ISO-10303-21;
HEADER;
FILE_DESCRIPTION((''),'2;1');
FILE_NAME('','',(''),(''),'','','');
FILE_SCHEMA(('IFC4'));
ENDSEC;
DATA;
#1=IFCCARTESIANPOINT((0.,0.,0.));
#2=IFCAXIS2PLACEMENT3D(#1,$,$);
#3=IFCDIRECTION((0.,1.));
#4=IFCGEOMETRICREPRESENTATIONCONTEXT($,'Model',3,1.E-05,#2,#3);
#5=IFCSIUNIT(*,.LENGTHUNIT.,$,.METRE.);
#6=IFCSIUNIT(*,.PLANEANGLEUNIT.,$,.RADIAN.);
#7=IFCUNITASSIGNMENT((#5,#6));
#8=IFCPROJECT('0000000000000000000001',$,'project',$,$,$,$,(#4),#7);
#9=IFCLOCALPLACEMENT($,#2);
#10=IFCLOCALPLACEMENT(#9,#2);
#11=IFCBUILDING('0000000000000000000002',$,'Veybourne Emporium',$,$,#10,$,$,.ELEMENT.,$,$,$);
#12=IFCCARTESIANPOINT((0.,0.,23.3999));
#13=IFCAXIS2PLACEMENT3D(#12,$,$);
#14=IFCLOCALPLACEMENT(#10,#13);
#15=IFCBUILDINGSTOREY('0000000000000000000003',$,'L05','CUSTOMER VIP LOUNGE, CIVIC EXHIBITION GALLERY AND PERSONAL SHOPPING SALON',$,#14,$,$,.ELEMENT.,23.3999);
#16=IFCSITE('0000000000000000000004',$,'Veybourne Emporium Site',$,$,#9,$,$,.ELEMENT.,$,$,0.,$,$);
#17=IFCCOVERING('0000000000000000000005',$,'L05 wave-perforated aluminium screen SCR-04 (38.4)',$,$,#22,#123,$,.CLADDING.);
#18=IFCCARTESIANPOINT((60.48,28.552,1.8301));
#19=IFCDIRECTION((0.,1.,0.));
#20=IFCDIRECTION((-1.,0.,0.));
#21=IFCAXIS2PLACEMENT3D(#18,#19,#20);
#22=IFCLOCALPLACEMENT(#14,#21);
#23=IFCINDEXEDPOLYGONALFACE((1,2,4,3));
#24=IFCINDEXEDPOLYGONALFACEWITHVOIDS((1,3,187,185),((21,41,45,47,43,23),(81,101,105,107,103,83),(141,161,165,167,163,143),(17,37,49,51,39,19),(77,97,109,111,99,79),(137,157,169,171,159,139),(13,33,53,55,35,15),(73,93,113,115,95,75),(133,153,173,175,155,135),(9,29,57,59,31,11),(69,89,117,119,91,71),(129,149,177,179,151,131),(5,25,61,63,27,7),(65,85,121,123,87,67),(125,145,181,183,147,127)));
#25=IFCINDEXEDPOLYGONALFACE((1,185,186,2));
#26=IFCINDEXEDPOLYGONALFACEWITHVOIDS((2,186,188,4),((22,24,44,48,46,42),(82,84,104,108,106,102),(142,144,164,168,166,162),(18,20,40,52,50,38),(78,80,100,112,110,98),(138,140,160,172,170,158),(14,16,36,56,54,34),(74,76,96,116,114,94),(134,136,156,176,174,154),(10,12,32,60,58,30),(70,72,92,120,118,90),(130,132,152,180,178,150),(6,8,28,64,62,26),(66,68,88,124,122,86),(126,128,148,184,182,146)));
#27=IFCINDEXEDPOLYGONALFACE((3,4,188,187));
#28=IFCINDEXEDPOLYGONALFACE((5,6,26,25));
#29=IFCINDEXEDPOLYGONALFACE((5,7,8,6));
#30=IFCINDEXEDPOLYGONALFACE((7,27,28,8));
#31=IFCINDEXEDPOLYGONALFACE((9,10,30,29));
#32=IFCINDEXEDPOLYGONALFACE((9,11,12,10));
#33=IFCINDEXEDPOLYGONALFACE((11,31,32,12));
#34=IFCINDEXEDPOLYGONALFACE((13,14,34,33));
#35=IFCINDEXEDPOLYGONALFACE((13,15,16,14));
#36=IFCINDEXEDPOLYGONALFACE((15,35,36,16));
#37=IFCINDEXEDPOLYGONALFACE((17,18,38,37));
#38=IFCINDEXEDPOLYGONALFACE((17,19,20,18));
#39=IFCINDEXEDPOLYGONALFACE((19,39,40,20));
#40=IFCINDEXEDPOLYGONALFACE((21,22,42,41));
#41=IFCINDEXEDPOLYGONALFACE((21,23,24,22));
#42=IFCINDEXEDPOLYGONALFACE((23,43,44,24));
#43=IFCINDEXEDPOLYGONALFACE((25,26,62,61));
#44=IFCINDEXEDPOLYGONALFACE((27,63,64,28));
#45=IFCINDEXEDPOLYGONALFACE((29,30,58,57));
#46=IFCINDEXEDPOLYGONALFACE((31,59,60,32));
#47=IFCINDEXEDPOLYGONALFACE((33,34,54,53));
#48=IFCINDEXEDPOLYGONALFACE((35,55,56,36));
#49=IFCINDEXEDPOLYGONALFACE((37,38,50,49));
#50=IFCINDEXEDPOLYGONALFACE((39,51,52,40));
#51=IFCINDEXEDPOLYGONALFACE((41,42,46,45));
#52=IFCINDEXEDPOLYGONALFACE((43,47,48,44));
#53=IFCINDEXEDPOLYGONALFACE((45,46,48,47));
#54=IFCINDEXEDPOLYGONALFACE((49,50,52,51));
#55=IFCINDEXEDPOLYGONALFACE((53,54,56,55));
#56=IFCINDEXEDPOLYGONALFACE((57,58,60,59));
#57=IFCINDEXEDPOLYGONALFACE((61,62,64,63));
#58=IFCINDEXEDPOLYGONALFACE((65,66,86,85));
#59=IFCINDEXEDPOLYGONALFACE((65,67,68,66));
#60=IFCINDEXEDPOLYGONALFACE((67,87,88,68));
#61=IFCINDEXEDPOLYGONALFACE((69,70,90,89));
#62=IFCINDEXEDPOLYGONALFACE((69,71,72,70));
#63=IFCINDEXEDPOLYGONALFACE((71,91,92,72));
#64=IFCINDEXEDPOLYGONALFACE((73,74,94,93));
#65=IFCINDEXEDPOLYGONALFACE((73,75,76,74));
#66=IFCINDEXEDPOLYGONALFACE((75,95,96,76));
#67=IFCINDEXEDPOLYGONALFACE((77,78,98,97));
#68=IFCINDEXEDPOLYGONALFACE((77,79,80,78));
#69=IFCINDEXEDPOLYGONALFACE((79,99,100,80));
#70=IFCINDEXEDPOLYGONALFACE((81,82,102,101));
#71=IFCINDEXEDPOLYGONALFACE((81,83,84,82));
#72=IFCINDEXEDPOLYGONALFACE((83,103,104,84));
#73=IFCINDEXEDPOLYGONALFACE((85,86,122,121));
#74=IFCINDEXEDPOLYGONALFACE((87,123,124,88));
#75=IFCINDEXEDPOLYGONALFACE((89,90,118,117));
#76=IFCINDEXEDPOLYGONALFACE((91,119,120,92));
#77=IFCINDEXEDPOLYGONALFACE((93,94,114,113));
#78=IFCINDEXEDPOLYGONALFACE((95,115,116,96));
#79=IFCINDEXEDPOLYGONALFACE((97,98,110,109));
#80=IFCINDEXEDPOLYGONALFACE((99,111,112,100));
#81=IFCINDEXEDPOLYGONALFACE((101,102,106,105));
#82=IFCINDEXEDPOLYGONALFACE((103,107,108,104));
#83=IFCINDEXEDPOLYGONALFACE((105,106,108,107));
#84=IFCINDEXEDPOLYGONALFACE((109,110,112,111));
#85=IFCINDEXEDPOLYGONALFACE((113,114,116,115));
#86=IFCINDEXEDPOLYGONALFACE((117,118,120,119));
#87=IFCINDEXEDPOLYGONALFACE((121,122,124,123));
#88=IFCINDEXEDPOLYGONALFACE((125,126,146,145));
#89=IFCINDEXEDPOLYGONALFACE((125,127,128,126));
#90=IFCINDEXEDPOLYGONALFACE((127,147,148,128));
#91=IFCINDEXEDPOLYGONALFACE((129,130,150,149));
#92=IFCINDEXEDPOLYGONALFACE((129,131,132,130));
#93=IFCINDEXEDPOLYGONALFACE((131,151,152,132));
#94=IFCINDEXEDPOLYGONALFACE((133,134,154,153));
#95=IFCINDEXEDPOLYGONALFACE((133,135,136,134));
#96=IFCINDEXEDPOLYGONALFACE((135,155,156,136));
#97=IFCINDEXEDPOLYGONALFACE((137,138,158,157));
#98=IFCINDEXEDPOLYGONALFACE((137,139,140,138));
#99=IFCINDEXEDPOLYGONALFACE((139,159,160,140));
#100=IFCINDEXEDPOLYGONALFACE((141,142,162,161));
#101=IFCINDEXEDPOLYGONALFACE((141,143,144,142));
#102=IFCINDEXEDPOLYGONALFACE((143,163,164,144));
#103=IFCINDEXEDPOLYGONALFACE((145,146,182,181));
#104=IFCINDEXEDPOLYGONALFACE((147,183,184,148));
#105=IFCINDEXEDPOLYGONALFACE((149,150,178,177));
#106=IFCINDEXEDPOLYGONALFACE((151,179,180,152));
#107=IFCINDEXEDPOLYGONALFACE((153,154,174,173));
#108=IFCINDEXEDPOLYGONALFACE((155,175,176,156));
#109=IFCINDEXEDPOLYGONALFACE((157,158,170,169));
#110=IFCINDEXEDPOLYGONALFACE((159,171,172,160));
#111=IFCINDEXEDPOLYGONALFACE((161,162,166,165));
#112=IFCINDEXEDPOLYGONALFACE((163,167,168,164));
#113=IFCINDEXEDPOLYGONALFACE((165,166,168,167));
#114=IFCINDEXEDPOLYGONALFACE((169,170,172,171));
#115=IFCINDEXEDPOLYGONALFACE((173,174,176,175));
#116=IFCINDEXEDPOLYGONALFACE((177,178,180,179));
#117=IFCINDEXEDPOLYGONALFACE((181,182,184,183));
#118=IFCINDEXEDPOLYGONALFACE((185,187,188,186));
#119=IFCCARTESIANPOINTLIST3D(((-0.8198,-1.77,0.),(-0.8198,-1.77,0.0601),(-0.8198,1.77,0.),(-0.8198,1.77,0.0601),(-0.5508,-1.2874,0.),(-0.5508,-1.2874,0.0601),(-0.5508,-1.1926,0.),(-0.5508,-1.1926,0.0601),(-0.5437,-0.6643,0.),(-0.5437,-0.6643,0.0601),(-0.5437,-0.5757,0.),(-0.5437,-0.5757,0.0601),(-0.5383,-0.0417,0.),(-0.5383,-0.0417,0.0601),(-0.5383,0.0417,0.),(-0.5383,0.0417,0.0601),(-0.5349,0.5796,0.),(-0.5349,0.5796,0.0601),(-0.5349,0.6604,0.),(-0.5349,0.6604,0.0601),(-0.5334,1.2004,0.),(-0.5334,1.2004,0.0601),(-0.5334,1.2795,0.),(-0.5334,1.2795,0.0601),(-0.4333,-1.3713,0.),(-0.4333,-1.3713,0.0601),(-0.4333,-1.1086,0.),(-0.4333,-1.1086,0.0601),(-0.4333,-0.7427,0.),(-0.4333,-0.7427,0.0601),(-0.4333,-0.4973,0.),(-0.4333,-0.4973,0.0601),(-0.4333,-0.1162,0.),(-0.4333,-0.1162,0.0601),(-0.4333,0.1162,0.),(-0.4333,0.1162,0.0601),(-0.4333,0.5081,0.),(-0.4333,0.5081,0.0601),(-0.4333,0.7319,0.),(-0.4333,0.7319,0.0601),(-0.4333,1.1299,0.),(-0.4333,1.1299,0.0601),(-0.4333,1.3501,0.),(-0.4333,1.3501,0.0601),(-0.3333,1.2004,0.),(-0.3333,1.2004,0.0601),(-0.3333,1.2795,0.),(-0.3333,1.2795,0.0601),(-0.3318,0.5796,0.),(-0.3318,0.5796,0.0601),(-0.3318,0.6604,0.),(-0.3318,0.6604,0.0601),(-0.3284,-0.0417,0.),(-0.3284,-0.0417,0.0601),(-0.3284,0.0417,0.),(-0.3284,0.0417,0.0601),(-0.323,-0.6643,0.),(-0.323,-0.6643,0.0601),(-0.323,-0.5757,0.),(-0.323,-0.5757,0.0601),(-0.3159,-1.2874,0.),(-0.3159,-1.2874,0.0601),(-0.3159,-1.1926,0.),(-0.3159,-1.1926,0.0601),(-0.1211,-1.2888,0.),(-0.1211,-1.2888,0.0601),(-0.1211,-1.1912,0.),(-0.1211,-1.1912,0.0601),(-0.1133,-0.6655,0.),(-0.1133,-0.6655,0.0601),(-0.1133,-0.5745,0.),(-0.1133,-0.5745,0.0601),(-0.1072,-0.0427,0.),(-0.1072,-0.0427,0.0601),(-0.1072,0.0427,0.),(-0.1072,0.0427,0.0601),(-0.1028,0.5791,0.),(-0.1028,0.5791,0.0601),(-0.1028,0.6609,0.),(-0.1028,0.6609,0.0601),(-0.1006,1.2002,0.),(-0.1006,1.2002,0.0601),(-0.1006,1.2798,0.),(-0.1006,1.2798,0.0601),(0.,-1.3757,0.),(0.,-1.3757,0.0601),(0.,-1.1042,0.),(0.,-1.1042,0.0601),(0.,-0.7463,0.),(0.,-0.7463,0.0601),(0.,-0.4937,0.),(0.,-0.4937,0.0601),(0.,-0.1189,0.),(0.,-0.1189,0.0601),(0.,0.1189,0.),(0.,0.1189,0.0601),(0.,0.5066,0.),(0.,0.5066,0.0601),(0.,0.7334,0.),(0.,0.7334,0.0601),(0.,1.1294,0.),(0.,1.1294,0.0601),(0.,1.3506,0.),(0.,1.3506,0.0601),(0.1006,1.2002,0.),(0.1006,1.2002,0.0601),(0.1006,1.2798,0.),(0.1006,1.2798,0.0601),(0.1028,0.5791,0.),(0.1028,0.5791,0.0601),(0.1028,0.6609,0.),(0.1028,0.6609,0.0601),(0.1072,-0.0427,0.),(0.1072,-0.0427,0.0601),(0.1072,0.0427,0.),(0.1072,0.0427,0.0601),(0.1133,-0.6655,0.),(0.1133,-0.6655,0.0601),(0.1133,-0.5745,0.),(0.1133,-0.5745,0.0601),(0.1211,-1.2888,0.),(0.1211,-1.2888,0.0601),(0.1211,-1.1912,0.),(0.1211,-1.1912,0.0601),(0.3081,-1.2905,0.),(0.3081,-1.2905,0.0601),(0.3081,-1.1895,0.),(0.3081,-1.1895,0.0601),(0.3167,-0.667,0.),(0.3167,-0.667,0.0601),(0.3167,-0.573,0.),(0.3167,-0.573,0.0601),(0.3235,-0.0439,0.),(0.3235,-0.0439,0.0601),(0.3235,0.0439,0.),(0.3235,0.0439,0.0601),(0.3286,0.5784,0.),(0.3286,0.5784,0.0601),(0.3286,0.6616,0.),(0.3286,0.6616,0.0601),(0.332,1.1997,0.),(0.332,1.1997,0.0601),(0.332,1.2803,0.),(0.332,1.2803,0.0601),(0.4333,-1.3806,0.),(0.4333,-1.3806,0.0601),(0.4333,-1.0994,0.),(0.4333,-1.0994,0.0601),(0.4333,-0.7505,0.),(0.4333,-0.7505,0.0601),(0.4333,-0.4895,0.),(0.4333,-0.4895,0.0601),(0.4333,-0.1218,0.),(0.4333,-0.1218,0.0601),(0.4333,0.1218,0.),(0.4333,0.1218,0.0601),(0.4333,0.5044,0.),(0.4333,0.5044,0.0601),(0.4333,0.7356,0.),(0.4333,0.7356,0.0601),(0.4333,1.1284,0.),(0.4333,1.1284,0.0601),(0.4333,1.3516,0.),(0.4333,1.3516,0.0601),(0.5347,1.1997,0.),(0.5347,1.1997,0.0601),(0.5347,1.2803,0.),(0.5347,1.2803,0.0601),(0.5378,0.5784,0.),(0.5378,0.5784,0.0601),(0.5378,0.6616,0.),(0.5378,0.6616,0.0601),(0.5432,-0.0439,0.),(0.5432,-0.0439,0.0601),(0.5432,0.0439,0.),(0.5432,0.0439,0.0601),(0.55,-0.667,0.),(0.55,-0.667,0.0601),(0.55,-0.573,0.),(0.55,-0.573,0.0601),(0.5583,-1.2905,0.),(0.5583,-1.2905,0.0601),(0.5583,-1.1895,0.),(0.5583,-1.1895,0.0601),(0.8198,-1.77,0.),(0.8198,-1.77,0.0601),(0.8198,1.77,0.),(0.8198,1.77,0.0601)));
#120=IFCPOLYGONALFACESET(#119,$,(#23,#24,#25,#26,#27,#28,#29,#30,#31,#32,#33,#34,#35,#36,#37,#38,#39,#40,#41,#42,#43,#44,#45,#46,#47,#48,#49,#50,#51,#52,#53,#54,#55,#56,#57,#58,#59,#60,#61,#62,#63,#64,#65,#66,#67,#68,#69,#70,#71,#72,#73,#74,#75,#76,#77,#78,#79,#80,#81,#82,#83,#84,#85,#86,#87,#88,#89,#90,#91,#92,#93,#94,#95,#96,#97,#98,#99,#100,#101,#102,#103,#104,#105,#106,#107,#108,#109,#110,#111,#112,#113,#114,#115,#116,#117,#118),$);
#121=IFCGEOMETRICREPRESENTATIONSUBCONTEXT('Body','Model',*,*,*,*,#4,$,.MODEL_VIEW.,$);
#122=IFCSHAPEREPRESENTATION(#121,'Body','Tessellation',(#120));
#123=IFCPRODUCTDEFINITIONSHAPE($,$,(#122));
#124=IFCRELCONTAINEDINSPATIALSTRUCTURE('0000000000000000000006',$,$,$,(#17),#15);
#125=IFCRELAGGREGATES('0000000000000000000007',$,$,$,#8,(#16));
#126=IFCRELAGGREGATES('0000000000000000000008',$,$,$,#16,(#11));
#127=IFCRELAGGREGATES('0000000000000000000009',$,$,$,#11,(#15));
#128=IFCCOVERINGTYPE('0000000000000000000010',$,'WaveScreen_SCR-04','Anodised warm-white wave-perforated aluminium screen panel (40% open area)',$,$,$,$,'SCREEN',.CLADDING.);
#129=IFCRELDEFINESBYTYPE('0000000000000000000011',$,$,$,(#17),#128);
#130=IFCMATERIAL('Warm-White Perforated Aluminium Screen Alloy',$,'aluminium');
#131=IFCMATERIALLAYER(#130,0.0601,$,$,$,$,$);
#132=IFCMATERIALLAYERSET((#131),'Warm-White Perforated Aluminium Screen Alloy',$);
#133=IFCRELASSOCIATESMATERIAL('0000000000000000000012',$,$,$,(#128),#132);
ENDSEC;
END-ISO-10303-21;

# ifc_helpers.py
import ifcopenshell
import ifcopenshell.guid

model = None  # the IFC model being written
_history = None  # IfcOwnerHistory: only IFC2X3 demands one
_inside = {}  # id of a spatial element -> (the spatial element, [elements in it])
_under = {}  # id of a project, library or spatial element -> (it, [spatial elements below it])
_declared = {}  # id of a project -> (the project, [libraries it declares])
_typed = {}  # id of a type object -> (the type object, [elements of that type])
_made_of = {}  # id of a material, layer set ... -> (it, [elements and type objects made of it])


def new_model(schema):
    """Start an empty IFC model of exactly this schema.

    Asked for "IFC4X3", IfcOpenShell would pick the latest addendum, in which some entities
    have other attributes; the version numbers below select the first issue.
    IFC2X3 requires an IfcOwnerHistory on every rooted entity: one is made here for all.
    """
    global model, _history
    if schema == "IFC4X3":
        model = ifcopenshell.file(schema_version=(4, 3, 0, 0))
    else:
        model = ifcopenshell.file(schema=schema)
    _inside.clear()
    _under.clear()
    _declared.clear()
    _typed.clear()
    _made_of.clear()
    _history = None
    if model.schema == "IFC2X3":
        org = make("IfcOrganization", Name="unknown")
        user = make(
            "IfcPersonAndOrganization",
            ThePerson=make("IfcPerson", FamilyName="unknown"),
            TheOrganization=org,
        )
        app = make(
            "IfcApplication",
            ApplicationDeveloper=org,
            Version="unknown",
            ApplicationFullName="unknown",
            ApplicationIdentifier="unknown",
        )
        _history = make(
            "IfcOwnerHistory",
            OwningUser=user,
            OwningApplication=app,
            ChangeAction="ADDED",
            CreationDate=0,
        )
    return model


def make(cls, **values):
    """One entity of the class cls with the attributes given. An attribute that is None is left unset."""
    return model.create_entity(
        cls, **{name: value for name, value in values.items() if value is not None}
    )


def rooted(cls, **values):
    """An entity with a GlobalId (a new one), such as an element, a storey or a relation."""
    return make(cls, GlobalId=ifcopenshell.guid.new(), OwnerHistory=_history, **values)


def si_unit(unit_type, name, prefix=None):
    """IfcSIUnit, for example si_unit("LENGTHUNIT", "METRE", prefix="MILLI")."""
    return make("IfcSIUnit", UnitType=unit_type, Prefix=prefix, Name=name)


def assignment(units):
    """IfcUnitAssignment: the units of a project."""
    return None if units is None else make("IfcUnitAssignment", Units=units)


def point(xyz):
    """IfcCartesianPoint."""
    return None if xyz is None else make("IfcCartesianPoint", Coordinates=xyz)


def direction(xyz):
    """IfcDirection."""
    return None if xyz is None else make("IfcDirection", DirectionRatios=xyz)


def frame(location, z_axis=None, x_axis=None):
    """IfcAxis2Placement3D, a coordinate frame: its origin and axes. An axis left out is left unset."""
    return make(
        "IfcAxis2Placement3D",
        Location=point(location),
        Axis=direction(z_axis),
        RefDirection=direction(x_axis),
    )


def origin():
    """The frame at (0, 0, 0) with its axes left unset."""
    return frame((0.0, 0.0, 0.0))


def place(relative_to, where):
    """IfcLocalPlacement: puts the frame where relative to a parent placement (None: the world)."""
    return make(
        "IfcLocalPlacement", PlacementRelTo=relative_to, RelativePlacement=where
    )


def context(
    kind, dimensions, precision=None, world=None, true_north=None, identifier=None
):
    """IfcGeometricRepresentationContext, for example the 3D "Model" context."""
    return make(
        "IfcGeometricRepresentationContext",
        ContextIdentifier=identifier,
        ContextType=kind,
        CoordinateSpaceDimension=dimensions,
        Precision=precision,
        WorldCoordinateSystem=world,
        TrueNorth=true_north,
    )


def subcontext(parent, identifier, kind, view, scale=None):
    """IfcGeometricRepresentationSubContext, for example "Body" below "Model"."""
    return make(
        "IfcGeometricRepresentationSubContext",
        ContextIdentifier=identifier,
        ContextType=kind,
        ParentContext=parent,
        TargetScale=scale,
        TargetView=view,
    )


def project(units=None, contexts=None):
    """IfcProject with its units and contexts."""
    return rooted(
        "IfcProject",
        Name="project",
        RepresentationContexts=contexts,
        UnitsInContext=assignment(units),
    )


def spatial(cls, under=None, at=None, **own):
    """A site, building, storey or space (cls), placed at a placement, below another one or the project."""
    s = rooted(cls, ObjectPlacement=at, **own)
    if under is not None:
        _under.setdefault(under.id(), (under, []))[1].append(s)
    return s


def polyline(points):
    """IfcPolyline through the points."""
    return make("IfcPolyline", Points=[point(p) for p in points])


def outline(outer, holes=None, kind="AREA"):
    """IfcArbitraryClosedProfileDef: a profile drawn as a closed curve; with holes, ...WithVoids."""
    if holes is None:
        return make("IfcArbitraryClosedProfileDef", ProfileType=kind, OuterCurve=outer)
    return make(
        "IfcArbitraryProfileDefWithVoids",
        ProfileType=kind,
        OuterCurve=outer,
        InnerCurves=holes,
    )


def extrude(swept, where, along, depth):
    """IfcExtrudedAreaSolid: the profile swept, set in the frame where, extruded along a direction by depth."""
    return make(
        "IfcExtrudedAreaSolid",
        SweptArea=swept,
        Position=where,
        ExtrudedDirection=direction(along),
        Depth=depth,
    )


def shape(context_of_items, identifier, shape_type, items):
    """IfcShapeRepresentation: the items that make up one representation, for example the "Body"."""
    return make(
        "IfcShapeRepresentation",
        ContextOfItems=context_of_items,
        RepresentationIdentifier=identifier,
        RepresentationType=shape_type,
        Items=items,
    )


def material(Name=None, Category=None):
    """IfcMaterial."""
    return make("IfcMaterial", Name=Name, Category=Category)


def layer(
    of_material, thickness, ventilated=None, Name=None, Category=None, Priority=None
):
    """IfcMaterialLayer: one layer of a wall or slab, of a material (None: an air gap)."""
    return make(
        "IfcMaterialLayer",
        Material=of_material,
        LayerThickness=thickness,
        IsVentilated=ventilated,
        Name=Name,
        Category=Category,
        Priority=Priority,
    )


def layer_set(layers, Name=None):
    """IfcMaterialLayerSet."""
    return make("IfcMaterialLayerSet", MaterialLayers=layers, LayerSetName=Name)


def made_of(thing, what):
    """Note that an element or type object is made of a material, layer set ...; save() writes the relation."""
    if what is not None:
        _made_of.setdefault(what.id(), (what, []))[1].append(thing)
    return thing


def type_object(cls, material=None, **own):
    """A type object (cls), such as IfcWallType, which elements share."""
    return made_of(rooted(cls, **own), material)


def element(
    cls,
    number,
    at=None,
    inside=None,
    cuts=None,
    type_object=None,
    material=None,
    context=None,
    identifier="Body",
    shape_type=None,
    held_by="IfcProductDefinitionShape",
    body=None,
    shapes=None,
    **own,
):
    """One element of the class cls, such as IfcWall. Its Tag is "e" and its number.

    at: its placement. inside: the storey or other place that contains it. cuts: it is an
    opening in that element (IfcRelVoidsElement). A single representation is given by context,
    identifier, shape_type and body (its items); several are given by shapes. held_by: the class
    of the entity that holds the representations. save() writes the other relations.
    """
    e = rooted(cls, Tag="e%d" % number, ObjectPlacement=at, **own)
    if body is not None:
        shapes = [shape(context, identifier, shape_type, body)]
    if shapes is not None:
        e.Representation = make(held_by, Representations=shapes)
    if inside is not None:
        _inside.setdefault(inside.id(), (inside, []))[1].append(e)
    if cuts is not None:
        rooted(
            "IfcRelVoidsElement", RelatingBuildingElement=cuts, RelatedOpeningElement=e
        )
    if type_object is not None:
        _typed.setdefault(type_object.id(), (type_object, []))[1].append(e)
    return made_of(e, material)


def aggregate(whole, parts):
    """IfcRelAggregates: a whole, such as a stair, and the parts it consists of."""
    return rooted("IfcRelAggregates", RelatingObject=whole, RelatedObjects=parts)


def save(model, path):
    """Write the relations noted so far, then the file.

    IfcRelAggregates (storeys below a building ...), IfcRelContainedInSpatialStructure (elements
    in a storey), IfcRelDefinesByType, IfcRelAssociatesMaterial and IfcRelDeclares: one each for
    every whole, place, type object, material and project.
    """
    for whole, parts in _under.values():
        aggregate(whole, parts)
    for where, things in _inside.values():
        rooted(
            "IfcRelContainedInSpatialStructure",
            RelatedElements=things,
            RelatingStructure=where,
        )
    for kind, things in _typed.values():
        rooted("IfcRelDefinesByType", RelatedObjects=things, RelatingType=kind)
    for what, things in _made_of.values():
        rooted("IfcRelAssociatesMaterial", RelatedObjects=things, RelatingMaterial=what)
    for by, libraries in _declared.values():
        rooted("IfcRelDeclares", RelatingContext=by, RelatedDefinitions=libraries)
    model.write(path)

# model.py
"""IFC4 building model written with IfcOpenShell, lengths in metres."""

from ifc_helpers import new_model, si_unit, direction, frame, origin, place, context, subcontext, project, spatial, polyline, outline, extrude, material, layer, layer_set, type_object, element, save


model = new_model("IFC4")

# Units and contexts
model_context = context("Model", 3, precision=1e-05, world=origin(), true_north=direction((0.0, 1.0)))
body_context = subcontext(model_context, "Body", "Model", "MODEL_VIEW")
ifc_project = project(units=[si_unit("LENGTHUNIT", "METRE"), si_unit("PLANEANGLEUNIT", "RADIAN")], contexts=[model_context])

# Site, building, storey
site_placement = place(None, origin())
site = spatial("IfcSite", under=ifc_project, at=site_placement, Name="Veybourne Emporium Site", CompositionType="ELEMENT", RefElevation=0.0)
building_placement = place(site_placement, origin())
building = spatial("IfcBuilding", under=site, at=building_placement, Name="Veybourne Emporium", CompositionType="ELEMENT")
storey_placement = place(building_placement, frame((0.0, 0.0, 23.3999)))
storey = spatial("IfcBuildingStorey", under=building, at=storey_placement, Name="L05", Description="CUSTOMER VIP LOUNGE, CIVIC EXHIBITION GALLERY AND PERSONAL SHOPPING SALON", CompositionType="ELEMENT", Elevation=23.3999)

# Covering
ifc_material_1 = material(Name="Warm-White Perforated Aluminium Screen Alloy", Category="aluminium")
ifc_layer_1 = layer(ifc_material_1, 0.0601)
ifc_layer_set_1 = layer_set([ifc_layer_1], Name="Warm-White Perforated Aluminium Screen Alloy")
covering_type_1 = type_object("IfcCoveringType", Name="WaveScreen_SCR-04", Description="Anodised warm-white wave-perforated aluminium screen panel (40% open area)", ElementType="SCREEN", PredefinedType="CLADDING", material=ifc_layer_set_1)
covering_1_placement = place(storey_placement, frame((60.48, 28.552, 1.8301), z_axis=(0.0, 1.0, 0.0), x_axis=(-1.0, 0.0, 0.0)))
element("IfcCovering", 1, at=covering_1_placement, inside=storey, type_object=covering_type_1, Name="L05 wave-perforated aluminium screen SCR-04 (38.4)", PredefinedType="CLADDING", context=body_context, shape_type="SweptSolid", body=[
    extrude(outline(polyline([(-0.8198, -1.77), (0.8198, -1.77), (0.8198, 1.77), (-0.8198, 1.77), (-0.8198, -1.77)]), holes=[polyline([(-0.4333, -1.1086), (-0.3159, -1.1926), (-0.3159, -1.2874), (-0.4333, -1.3713), (-0.5508, -1.2874), (-0.5508, -1.1926), (-0.4333, -1.1086)]), polyline([(-0.4333, -0.4973), (-0.323, -0.5757), (-0.323, -0.6643), (-0.4333, -0.7427), (-0.5437, -0.6643), (-0.5437, -0.5757), (-0.4333, -0.4973)]), polyline([(-0.4333, 0.1162), (-0.3284, 0.0417), (-0.3284, -0.0417), (-0.4333, -0.1162), (-0.5383, -0.0417), (-0.5383, 0.0417), (-0.4333, 0.1162)]), polyline([(-0.4333, 0.7319), (-0.3318, 0.6604), (-0.3318, 0.5796), (-0.4333, 0.5081), (-0.5349, 0.5796), (-0.5349, 0.6604), (-0.4333, 0.7319)]), polyline([(-0.4333, 1.3501), (-0.3333, 1.2795), (-0.3333, 1.2004), (-0.4333, 1.1299), (-0.5334, 1.2004), (-0.5334, 1.2795), (-0.4333, 1.3501)]), polyline([(0.0, -1.1042), (0.1211, -1.1912), (0.1211, -1.2888), (0.0, -1.3757), (-0.1211, -1.2888), (-0.1211, -1.1912), (0.0, -1.1042)]), polyline([(0.0, -0.4937), (0.1133, -0.5745), (0.1133, -0.6655), (0.0, -0.7463), (-0.1133, -0.6655), (-0.1133, -0.5745), (0.0, -0.4937)]), polyline([(0.0, 0.1189), (0.1072, 0.0427), (0.1072, -0.0427), (0.0, -0.1189), (-0.1072, -0.0427), (-0.1072, 0.0427), (0.0, 0.1189)]), polyline([(0.0, 0.7334), (0.1028, 0.6609), (0.1028, 0.5791), (0.0, 0.5066), (-0.1028, 0.5791), (-0.1028, 0.6609), (0.0, 0.7334)]), polyline([(0.0, 1.3506), (0.1006, 1.2798), (0.1006, 1.2002), (0.0, 1.1294), (-0.1006, 1.2002), (-0.1006, 1.2798), (0.0, 1.3506)]), polyline([(0.4333, -1.0994), (0.5583, -1.1895), (0.5583, -1.2905), (0.4333, -1.3806), (0.3081, -1.2905), (0.3081, -1.1895), (0.4333, -1.0994)]), polyline([(0.4333, -0.4895), (0.55, -0.573), (0.55, -0.667), (0.4333, -0.7505), (0.3167, -0.667), (0.3167, -0.573), (0.4333, -0.4895)]), polyline([(0.4333, 0.1218), (0.5432, 0.0439), (0.5432, -0.0439), (0.4333, -0.1218), (0.3235, -0.0439), (0.3235, 0.0439), (0.4333, 0.1218)]), polyline([(0.4333, 0.7356), (0.5378, 0.6616), (0.5378, 0.5784), (0.4333, 0.5044), (0.3286, 0.5784), (0.3286, 0.6616), (0.4333, 0.7356)]), polyline([(0.4333, 1.3516), (0.5347, 1.2803), (0.5347, 1.1997), (0.4333, 1.1284), (0.332, 1.1997), (0.332, 1.2803), (0.4333, 1.3516)])]), origin(), (0.0, 0.0, 1.0), 0.0601),
])

save(model, "model.ifc")
